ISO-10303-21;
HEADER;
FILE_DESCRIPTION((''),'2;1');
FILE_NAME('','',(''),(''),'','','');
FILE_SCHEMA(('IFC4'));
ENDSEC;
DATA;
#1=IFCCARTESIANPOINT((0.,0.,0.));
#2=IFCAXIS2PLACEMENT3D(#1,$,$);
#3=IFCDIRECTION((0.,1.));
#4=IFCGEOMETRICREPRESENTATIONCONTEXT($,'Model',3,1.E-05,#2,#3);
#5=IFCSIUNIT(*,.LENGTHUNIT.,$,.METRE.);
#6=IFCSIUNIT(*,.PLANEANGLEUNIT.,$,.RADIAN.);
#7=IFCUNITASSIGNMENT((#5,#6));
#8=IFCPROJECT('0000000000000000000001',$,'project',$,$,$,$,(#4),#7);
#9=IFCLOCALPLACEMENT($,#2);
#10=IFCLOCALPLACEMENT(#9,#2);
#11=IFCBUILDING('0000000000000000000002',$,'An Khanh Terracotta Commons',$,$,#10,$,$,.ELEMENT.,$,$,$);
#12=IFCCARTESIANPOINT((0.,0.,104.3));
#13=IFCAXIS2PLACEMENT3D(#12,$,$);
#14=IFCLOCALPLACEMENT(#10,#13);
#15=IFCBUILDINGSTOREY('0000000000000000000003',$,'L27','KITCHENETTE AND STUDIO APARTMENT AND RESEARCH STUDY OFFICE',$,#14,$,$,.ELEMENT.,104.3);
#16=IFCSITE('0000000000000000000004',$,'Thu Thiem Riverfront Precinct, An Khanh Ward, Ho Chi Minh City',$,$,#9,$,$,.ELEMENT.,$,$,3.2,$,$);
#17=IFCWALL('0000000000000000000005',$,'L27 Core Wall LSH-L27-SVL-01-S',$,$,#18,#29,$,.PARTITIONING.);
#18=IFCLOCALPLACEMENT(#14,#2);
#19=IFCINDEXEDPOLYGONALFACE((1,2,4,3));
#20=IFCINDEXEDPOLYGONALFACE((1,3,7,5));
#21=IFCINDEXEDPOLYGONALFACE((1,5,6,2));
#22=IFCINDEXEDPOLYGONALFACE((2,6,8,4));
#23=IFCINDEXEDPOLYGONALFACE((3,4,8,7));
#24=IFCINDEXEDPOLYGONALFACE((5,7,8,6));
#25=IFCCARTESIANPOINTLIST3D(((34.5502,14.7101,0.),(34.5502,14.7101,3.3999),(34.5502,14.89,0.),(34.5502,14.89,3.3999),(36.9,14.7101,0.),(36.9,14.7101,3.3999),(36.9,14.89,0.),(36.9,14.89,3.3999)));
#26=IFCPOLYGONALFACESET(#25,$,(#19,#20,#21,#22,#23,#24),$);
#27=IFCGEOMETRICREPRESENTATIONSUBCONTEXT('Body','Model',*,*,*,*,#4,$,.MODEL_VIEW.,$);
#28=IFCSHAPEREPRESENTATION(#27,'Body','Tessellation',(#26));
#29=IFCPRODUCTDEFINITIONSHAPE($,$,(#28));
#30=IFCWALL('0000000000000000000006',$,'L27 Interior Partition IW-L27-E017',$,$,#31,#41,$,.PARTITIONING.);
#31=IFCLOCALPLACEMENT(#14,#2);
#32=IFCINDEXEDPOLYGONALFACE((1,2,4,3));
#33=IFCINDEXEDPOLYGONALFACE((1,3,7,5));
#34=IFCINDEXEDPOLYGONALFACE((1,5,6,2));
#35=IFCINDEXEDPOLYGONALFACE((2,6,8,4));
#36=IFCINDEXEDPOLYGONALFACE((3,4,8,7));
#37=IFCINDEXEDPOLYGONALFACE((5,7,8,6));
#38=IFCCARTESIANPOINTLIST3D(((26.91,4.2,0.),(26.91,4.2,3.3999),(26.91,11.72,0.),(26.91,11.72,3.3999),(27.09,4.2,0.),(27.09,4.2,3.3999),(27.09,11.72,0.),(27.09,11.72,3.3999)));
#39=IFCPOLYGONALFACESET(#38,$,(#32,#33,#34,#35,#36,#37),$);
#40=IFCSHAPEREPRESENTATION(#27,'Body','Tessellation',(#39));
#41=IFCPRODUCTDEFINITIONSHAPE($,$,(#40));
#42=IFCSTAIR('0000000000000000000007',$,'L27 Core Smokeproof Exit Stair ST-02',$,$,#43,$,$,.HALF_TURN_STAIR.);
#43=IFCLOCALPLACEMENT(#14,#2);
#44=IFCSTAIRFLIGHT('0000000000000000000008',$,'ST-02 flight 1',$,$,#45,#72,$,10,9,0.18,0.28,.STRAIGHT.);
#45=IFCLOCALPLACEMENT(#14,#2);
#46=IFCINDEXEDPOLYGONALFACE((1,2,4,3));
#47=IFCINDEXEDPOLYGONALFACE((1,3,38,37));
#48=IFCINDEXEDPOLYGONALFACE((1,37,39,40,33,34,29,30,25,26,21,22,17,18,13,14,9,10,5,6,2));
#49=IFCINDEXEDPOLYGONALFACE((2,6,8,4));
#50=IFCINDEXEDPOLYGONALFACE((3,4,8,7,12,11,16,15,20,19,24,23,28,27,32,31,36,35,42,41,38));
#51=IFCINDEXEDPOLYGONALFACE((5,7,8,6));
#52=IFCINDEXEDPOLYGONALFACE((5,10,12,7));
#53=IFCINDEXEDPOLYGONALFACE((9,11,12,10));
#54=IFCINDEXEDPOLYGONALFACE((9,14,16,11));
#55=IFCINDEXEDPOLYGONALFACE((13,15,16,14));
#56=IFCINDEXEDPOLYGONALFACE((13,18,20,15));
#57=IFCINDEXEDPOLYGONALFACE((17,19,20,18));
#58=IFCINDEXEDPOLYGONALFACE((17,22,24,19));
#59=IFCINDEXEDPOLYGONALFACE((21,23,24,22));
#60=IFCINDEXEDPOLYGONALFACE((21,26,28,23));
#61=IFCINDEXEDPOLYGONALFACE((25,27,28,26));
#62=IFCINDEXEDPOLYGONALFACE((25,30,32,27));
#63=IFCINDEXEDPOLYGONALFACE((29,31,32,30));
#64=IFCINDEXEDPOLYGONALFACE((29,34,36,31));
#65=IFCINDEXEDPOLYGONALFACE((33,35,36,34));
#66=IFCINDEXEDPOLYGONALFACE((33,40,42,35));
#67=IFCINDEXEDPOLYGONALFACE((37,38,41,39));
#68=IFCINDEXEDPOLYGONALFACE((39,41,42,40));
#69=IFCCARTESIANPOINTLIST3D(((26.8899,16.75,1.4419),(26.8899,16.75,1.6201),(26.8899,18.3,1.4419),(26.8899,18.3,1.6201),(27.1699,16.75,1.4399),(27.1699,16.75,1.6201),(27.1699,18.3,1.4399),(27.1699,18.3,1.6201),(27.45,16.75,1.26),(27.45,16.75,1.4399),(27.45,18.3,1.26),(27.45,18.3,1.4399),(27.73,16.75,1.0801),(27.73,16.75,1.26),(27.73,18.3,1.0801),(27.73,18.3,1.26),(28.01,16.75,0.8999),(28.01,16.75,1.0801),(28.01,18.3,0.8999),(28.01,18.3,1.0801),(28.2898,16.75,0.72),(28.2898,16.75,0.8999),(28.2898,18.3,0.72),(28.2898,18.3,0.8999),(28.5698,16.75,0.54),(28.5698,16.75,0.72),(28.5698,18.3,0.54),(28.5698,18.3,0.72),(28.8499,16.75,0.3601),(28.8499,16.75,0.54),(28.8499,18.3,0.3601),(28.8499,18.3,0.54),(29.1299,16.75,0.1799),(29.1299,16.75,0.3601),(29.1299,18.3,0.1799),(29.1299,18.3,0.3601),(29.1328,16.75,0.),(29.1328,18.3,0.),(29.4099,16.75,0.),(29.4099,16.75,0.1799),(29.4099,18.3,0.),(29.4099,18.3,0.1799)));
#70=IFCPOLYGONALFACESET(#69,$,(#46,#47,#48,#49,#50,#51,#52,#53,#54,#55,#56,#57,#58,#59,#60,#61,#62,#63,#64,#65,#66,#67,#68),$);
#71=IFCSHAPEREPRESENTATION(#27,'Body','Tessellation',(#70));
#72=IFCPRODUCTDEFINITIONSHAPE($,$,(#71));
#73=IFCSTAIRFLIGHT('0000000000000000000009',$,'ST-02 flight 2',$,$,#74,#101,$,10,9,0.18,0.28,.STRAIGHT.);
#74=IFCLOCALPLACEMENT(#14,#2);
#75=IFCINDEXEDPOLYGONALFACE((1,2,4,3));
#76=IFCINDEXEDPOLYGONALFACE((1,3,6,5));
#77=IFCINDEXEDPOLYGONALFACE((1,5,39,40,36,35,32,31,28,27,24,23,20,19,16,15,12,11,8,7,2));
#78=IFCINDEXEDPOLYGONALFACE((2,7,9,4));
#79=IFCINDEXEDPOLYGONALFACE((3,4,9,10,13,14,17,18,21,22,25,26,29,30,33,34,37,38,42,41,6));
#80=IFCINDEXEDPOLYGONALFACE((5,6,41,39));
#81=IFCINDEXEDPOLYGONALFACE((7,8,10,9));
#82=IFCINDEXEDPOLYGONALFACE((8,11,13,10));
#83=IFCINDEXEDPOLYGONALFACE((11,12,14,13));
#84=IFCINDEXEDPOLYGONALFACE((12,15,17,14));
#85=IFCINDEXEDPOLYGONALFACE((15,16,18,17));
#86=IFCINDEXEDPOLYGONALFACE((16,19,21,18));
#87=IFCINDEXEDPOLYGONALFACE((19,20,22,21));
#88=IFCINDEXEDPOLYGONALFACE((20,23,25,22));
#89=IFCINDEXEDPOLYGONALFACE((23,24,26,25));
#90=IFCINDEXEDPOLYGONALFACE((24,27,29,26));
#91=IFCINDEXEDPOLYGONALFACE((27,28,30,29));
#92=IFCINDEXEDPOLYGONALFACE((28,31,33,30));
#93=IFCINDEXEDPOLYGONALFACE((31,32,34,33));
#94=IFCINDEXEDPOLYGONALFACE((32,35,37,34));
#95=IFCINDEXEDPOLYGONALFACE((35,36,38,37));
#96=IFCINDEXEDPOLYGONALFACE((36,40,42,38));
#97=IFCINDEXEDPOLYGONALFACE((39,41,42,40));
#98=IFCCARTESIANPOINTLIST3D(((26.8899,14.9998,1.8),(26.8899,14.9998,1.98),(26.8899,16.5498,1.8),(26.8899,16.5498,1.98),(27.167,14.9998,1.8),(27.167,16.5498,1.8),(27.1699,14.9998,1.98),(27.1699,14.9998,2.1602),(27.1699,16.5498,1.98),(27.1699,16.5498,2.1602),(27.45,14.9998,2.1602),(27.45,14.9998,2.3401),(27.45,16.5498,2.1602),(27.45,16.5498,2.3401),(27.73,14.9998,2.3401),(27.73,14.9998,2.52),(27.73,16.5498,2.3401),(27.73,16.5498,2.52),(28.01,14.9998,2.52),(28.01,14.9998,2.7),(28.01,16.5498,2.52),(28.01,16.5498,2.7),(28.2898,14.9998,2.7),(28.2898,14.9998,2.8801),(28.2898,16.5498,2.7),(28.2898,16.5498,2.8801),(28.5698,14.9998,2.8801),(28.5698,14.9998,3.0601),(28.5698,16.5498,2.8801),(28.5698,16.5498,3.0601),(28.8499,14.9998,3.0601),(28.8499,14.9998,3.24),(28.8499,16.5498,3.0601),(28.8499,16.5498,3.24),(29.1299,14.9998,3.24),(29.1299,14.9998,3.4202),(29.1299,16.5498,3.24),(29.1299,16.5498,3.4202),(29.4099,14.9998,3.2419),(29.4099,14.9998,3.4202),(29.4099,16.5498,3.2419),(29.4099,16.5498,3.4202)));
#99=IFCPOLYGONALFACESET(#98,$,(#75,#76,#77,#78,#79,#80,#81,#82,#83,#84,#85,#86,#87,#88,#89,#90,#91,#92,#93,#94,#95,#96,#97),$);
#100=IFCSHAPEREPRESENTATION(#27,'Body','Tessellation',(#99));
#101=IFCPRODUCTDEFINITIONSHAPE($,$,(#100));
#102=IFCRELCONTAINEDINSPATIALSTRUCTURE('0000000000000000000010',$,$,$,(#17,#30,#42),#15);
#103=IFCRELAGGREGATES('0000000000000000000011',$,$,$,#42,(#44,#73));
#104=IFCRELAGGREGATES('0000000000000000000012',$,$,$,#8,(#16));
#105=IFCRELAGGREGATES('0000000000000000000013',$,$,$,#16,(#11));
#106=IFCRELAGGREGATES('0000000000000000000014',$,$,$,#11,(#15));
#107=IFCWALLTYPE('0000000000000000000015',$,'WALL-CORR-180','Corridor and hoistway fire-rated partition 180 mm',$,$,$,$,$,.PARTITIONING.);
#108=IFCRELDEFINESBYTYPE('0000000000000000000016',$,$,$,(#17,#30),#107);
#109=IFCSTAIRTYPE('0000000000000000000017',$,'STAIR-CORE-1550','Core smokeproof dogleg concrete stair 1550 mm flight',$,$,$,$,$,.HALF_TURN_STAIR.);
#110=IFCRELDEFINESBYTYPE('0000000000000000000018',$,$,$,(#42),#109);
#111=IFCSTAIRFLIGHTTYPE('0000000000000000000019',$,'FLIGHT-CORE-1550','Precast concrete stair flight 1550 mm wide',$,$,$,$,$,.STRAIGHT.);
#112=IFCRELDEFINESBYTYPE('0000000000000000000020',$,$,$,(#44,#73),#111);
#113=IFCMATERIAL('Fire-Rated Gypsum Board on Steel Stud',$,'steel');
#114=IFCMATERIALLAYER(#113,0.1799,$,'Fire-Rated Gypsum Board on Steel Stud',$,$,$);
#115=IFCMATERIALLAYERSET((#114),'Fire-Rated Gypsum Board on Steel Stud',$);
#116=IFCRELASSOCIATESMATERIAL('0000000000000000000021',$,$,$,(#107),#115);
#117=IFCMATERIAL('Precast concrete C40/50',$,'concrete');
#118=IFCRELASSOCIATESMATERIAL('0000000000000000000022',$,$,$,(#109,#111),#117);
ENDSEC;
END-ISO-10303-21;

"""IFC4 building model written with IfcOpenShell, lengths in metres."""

from ifc_helpers import new_model, si_unit, direction, frame, frame_2d, origin, place, context, subcontext, project, spatial, polyline, rectangle, outline, extrude, material, layer, layer_set, type_object, element, aggregate, save


model = new_model("IFC4")

# Units and contexts
model_context = context("Model", 3, precision=1e-05, world=origin(), true_north=direction((0.0, 1.0)))
body_context = subcontext(model_context, "Body", "Model", "MODEL_VIEW")
ifc_project = project(units=[si_unit("LENGTHUNIT", "METRE"), si_unit("PLANEANGLEUNIT", "RADIAN")], contexts=[model_context])

# Site, building, storey
site_placement = place(None, origin())
site = spatial("IfcSite", under=ifc_project, at=site_placement, Name="Thu Thiem Riverfront Precinct, An Khanh Ward, Ho Chi Minh City", CompositionType="ELEMENT", RefElevation=3.2)
building_placement = place(site_placement, origin())
building = spatial("IfcBuilding", under=site, at=building_placement, Name="An Khanh Terracotta Commons", CompositionType="ELEMENT")
storey_placement = place(building_placement, frame((0.0, 0.0, 104.3)))
storey = spatial("IfcBuildingStorey", under=building, at=storey_placement, Name="L27", Description="KITCHENETTE AND STUDIO APARTMENT AND RESEARCH STUDY OFFICE", CompositionType="ELEMENT", Elevation=104.3)

# Walls
ifc_material_1 = material(Name="Fire-Rated Gypsum Board on Steel Stud", Category="steel")
ifc_layer_1 = layer(ifc_material_1, 0.1799, Name="Fire-Rated Gypsum Board on Steel Stud")
ifc_layer_set_1 = layer_set([ifc_layer_1], Name="Fire-Rated Gypsum Board on Steel Stud")
wall_type_1 = type_object("IfcWallType", Name="WALL-CORR-180", Description="Corridor and hoistway fire-rated partition 180 mm", PredefinedType="PARTITIONING", material=ifc_layer_set_1)
wall_1_placement = place(storey_placement, frame((36.8999, 14.8, 0.0), z_axis=(0.0, 0.0, 1.0), x_axis=(-1.0, 0.0, 0.0)))
element("IfcWall", 1, at=wall_1_placement, inside=storey, type_object=wall_type_1, Name="L27 Core Wall LSH-L27-SVL-01-S", PredefinedType="PARTITIONING", context=body_context, shape_type="SweptSolid", body=[
    extrude(rectangle(XDim=2.3499, YDim=0.1799, at=frame_2d((1.1748, 0.0))), origin(), (0.0, 0.0, 1.0), 3.3999),
])
wall_2_placement = place(storey_placement, frame((27.0, 4.2, 0.0), z_axis=(0.0, 0.0, 1.0), x_axis=(0.0, 1.0, 0.0)))
element("IfcWall", 2, at=wall_2_placement, inside=storey, type_object=wall_type_1, Name="L27 Interior Partition IW-L27-E017", PredefinedType="PARTITIONING", context=body_context, shape_type="SweptSolid", body=[
    extrude(rectangle(XDim=7.52, YDim=0.1799, at=frame_2d((3.76, 0.0))), origin(), (0.0, 0.0, 1.0), 3.3999),
])

# Stair, stair flights
ifc_material_2 = material(Name="Precast concrete C40/50", Category="concrete")
stair_type = type_object("IfcStairType", Name="STAIR-CORE-1550", Description="Core smokeproof dogleg concrete stair 1550 mm flight", PredefinedType="HALF_TURN_STAIR", material=ifc_material_2)
stair_placement = place(storey_placement, origin())
stair = element("IfcStair", 3, at=stair_placement, inside=storey, type_object=stair_type, Name="L27 Core Smokeproof Exit Stair ST-02", PredefinedType="HALF_TURN_STAIR")
stair_flight_type = type_object("IfcStairFlightType", Name="FLIGHT-CORE-1550", Description="Precast concrete stair flight 1550 mm wide", PredefinedType="STRAIGHT", material=ifc_material_2)
stair_flight_1_placement = place(storey_placement, frame((29.4099, 17.5249, 0.0), z_axis=(0.0, 0.0, 1.0), x_axis=(-1.0, 0.0, 0.0)))
stair_flight_1 = element("IfcStairFlight", 4, at=stair_flight_1_placement, type_object=stair_flight_type, Name="ST-02 flight 1", NumberOfRisers=10, NumberOfTreads=9, PredefinedType="STRAIGHT", RiserHeight=0.18, TreadLength=0.28, context=body_context, shape_type="SweptSolid", body=[
    extrude(outline(polyline([(0.0, 0.0), (0.0, 0.1799), (0.28, 0.1799), (0.28, 0.3601), (0.5601, 0.3601), (0.5601, 0.54), (0.8401, 0.54), (0.8401, 0.72), (1.1201, 0.72), (1.1201, 0.8999), (1.3999, 0.8999), (1.3999, 1.0801), (1.6799, 1.0801), (1.6799, 1.26), (1.96, 1.26), (1.96, 1.4399), (2.24, 1.4399), (2.24, 1.6201), (2.52, 1.6201), (2.52, 1.8), (2.52, 1.4419), (0.2771, 0.0), (0.0, 0.0)])), frame((0.0, 0.7749, 0.0), z_axis=(0.0, -1.0, 0.0), x_axis=(1.0, 0.0, 0.0)), (0.0, 0.0, 1.0), 1.55),
])
stair_flight_2_placement = place(storey_placement, frame((26.8899, 15.7749, 1.8), z_axis=(0.0, 0.0, 1.0), x_axis=(1.0, 0.0, 0.0)))
stair_flight_2 = element("IfcStairFlight", 5, at=stair_flight_2_placement, type_object=stair_flight_type, Name="ST-02 flight 2", NumberOfRisers=10, NumberOfTreads=9, PredefinedType="STRAIGHT", RiserHeight=0.18, TreadLength=0.28, context=body_context, shape_type="SweptSolid", body=[
    extrude(outline(polyline([(0.0, 0.0), (0.0, 0.1799), (0.28, 0.1799), (0.28, 0.3601), (0.5601, 0.3601), (0.5601, 0.54), (0.8401, 0.54), (0.8401, 0.72), (1.1201, 0.72), (1.1201, 0.8999), (1.3999, 0.8999), (1.3999, 1.0801), (1.6799, 1.0801), (1.6799, 1.26), (1.96, 1.26), (1.96, 1.4399), (2.24, 1.4399), (2.24, 1.6201), (2.52, 1.6201), (2.52, 1.8), (2.52, 1.4419), (0.2771, 0.0), (0.0, 0.0)])), frame((0.0, 0.7749, 0.0), z_axis=(0.0, -1.0, 0.0), x_axis=(1.0, 0.0, 0.0)), (0.0, 0.0, 1.0), 1.55),
])
aggregate(stair, [stair_flight_1, stair_flight_2])

save(model, "model.ifc")
